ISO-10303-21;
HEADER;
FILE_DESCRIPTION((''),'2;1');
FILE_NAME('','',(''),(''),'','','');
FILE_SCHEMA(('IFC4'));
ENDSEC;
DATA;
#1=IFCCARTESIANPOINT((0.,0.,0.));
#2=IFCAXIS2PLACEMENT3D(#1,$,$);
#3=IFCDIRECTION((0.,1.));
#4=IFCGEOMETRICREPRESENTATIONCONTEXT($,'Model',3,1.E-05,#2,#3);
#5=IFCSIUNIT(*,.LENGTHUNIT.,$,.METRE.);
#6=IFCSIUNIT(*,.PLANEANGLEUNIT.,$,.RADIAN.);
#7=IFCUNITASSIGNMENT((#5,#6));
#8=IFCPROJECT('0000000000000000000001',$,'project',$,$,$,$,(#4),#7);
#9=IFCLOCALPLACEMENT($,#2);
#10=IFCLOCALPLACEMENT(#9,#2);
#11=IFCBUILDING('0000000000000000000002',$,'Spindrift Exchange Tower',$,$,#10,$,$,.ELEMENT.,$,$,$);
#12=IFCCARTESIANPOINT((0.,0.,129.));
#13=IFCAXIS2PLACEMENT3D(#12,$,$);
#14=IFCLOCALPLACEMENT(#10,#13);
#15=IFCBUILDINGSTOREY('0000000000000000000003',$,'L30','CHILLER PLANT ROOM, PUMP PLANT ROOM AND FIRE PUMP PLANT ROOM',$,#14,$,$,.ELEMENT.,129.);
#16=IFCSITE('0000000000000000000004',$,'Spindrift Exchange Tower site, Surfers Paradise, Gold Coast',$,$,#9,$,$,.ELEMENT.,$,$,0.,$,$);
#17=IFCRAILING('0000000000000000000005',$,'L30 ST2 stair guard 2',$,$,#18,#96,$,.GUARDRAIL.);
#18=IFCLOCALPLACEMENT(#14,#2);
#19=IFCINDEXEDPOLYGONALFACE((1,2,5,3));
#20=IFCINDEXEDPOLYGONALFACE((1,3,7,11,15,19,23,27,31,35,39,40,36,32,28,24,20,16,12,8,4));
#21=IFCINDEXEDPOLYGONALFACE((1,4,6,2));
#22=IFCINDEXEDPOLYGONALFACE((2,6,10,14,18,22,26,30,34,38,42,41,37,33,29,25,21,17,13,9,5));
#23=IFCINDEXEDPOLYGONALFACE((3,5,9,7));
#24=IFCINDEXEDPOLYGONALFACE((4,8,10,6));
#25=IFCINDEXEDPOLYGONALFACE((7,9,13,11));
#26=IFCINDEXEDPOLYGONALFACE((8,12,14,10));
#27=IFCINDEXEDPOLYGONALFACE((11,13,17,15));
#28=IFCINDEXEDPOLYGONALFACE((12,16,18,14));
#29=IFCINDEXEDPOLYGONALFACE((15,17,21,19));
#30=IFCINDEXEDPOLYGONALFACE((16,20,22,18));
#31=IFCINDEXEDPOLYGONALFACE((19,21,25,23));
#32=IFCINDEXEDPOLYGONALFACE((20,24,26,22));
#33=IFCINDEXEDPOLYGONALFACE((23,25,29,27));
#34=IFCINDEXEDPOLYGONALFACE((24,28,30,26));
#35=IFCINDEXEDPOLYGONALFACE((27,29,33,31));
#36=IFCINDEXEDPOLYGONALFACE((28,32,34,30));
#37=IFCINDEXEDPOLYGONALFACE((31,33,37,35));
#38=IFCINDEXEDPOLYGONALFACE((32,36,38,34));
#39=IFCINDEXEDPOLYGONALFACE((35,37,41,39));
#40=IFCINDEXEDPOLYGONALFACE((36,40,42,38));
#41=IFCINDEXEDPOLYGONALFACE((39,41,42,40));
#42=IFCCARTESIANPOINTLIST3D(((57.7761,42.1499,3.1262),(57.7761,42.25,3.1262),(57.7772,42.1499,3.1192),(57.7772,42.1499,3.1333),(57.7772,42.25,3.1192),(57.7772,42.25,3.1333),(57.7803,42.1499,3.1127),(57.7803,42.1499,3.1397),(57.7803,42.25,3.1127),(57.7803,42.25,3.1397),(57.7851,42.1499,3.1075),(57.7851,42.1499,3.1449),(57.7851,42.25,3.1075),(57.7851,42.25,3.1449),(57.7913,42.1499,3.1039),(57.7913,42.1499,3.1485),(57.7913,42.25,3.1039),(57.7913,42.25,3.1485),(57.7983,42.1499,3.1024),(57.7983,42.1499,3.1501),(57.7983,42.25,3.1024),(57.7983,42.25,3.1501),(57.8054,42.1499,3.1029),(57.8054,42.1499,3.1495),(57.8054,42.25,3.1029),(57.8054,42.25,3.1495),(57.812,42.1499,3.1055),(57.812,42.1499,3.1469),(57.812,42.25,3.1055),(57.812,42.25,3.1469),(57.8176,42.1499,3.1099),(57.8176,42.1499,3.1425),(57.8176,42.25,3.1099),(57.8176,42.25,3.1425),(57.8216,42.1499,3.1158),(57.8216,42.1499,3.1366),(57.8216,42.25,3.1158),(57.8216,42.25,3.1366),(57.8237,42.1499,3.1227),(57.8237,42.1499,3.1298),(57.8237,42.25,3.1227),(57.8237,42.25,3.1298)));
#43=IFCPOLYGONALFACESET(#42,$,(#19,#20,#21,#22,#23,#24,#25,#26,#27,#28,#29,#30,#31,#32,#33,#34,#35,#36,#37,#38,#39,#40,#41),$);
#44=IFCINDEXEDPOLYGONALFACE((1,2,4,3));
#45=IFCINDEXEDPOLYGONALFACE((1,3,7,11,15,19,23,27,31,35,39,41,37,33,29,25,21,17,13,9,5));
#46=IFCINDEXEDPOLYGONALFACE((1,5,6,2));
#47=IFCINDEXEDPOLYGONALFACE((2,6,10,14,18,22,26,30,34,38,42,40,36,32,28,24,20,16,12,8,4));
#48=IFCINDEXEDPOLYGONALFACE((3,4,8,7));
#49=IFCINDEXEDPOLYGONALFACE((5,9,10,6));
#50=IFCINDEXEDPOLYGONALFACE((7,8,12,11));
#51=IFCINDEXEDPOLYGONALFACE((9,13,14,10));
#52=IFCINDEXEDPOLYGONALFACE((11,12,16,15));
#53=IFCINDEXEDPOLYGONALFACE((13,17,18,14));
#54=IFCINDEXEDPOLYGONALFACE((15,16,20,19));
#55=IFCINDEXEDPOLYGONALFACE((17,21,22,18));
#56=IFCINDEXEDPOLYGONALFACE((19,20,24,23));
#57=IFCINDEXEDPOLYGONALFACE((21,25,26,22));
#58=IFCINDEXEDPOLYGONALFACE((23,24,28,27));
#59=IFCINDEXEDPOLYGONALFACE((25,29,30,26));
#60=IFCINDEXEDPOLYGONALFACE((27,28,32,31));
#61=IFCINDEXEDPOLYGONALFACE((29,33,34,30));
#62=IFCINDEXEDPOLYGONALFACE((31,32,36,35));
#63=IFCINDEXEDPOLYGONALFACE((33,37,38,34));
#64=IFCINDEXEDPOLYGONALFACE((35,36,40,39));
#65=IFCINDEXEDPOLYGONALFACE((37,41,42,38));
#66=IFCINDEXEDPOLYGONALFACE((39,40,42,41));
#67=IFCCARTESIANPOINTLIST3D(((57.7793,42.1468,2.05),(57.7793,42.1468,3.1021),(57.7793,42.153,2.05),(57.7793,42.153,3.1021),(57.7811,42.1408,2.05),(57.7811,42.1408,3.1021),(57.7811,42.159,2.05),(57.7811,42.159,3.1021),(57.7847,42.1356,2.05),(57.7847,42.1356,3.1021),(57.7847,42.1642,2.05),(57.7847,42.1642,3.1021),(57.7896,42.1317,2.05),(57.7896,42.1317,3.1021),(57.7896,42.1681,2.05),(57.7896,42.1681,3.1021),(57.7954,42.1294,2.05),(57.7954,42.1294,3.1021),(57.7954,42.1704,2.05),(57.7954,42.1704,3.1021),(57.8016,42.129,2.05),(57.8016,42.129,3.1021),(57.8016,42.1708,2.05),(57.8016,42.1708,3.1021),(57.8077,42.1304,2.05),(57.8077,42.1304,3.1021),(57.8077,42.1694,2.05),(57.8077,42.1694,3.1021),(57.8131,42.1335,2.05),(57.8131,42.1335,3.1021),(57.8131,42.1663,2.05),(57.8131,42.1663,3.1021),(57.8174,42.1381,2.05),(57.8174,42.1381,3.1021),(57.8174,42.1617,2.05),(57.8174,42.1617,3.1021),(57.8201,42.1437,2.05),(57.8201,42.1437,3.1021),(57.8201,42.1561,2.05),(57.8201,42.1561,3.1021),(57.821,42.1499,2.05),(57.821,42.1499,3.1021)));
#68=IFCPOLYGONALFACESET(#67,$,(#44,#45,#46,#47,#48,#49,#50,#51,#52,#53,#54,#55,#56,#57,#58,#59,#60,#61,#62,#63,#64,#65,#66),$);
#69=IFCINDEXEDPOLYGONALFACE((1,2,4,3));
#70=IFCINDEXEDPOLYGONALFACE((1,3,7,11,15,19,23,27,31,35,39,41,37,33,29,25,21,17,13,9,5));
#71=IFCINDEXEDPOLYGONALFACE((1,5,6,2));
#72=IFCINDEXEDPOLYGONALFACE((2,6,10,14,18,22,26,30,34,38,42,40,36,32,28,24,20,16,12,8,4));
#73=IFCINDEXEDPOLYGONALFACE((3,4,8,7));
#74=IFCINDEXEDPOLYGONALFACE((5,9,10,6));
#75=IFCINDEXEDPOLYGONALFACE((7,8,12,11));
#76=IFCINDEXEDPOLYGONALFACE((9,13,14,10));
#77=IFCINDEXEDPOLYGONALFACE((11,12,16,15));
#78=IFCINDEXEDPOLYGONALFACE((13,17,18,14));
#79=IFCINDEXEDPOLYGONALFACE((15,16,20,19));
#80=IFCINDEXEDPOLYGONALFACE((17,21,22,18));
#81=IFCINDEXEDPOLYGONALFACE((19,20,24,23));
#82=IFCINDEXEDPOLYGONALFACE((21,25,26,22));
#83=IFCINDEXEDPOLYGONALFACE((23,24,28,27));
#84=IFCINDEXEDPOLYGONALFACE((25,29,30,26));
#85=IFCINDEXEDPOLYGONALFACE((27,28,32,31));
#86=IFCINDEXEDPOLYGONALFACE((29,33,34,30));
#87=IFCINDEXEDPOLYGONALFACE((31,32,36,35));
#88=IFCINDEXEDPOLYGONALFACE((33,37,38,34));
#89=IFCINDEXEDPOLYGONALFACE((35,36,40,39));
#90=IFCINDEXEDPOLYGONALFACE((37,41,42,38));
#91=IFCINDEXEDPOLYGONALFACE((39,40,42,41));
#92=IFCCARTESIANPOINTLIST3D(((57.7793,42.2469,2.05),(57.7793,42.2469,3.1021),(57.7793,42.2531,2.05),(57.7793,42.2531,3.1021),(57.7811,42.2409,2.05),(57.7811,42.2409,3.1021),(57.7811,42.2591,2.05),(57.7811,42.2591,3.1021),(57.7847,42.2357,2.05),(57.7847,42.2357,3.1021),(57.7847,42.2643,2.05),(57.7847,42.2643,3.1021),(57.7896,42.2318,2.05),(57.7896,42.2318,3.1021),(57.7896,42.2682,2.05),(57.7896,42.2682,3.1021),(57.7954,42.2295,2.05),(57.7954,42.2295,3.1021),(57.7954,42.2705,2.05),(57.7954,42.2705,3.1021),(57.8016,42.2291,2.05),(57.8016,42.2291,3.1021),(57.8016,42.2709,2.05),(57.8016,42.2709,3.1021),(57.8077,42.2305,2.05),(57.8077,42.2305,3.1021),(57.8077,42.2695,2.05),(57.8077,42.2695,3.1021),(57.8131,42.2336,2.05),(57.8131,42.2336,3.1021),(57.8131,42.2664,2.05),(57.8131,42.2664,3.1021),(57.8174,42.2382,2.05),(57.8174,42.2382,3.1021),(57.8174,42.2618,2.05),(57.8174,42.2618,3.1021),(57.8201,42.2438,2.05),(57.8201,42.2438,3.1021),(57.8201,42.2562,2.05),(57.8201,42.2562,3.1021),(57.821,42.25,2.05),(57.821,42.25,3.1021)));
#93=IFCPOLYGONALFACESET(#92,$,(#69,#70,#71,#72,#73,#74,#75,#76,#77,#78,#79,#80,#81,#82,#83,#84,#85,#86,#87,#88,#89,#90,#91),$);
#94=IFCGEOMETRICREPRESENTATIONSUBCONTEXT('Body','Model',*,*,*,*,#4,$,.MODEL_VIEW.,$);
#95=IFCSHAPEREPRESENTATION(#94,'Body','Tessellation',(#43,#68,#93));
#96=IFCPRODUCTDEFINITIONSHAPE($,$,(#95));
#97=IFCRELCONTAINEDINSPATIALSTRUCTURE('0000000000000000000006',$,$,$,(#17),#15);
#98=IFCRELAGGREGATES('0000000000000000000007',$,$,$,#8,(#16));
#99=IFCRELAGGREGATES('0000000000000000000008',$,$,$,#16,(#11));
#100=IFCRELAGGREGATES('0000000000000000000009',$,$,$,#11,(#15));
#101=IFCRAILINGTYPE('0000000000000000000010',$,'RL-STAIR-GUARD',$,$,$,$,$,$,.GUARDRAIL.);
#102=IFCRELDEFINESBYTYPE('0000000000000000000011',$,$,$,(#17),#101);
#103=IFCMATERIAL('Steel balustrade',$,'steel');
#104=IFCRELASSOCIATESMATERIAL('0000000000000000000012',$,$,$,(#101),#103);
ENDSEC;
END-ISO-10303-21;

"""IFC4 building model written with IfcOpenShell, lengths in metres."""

from ifc_helpers import new_model, si_unit, direction, frame, origin, origin_2d, place, context, subcontext, project, spatial, circle, extrude, material, type_object, element, save


model = new_model("IFC4")

# Units and contexts
model_context = context("Model", 3, precision=1e-05, world=origin(), true_north=direction((0.0, 1.0)))
body_context = subcontext(model_context, "Body", "Model", "MODEL_VIEW")
ifc_project = project(units=[si_unit("LENGTHUNIT", "METRE"), si_unit("PLANEANGLEUNIT", "RADIAN")], contexts=[model_context])

# Site, building, storey
site_placement = place(None, origin())
site = spatial("IfcSite", under=ifc_project, at=site_placement, Name="Spindrift Exchange Tower site, Surfers Paradise, Gold Coast", CompositionType="ELEMENT", RefElevation=0.0)
building_placement = place(site_placement, origin())
building = spatial("IfcBuilding", under=site, at=building_placement, Name="Spindrift Exchange Tower", CompositionType="ELEMENT")
storey_placement = place(building_placement, frame((0.0, 0.0, 129.0)))
storey = spatial("IfcBuildingStorey", under=building, at=storey_placement, Name="L30", Description="CHILLER PLANT ROOM, PUMP PLANT ROOM AND FIRE PUMP PLANT ROOM", CompositionType="ELEMENT", Elevation=129.0)

# Railing
ifc_material_1 = material(Name="Steel balustrade", Category="steel")
railing_type_1 = type_object("IfcRailingType", Name="RL-STAIR-GUARD", PredefinedType="GUARDRAIL", material=ifc_material_1)
railing_1_placement = place(storey_placement, frame((57.8, 42.1499, 2.05)))
element("IfcRailing", 1, at=railing_1_placement, inside=storey, type_object=railing_type_1, Name="L30 ST2 stair guard 2", PredefinedType="GUARDRAIL", context=body_context, shape_type="SweptSolid", body=[
    extrude(circle(Radius=0.0239, at=origin_2d()), frame((0.0, 0.0, 1.0762), z_axis=(0.0, 1.0, 0.0), x_axis=(-1.0, 0.0, 0.0)), (0.0, 0.0, 1.0), 0.1001),
    extrude(circle(Radius=0.021, at=origin_2d()), origin(), (0.0, 0.0, 1.0), 1.052),
    extrude(circle(Radius=0.021, at=origin_2d()), frame((0.0, 0.1001, 0.0)), (0.0, 0.0, 1.0), 1.052),
])

save(model, "model.ifc")
